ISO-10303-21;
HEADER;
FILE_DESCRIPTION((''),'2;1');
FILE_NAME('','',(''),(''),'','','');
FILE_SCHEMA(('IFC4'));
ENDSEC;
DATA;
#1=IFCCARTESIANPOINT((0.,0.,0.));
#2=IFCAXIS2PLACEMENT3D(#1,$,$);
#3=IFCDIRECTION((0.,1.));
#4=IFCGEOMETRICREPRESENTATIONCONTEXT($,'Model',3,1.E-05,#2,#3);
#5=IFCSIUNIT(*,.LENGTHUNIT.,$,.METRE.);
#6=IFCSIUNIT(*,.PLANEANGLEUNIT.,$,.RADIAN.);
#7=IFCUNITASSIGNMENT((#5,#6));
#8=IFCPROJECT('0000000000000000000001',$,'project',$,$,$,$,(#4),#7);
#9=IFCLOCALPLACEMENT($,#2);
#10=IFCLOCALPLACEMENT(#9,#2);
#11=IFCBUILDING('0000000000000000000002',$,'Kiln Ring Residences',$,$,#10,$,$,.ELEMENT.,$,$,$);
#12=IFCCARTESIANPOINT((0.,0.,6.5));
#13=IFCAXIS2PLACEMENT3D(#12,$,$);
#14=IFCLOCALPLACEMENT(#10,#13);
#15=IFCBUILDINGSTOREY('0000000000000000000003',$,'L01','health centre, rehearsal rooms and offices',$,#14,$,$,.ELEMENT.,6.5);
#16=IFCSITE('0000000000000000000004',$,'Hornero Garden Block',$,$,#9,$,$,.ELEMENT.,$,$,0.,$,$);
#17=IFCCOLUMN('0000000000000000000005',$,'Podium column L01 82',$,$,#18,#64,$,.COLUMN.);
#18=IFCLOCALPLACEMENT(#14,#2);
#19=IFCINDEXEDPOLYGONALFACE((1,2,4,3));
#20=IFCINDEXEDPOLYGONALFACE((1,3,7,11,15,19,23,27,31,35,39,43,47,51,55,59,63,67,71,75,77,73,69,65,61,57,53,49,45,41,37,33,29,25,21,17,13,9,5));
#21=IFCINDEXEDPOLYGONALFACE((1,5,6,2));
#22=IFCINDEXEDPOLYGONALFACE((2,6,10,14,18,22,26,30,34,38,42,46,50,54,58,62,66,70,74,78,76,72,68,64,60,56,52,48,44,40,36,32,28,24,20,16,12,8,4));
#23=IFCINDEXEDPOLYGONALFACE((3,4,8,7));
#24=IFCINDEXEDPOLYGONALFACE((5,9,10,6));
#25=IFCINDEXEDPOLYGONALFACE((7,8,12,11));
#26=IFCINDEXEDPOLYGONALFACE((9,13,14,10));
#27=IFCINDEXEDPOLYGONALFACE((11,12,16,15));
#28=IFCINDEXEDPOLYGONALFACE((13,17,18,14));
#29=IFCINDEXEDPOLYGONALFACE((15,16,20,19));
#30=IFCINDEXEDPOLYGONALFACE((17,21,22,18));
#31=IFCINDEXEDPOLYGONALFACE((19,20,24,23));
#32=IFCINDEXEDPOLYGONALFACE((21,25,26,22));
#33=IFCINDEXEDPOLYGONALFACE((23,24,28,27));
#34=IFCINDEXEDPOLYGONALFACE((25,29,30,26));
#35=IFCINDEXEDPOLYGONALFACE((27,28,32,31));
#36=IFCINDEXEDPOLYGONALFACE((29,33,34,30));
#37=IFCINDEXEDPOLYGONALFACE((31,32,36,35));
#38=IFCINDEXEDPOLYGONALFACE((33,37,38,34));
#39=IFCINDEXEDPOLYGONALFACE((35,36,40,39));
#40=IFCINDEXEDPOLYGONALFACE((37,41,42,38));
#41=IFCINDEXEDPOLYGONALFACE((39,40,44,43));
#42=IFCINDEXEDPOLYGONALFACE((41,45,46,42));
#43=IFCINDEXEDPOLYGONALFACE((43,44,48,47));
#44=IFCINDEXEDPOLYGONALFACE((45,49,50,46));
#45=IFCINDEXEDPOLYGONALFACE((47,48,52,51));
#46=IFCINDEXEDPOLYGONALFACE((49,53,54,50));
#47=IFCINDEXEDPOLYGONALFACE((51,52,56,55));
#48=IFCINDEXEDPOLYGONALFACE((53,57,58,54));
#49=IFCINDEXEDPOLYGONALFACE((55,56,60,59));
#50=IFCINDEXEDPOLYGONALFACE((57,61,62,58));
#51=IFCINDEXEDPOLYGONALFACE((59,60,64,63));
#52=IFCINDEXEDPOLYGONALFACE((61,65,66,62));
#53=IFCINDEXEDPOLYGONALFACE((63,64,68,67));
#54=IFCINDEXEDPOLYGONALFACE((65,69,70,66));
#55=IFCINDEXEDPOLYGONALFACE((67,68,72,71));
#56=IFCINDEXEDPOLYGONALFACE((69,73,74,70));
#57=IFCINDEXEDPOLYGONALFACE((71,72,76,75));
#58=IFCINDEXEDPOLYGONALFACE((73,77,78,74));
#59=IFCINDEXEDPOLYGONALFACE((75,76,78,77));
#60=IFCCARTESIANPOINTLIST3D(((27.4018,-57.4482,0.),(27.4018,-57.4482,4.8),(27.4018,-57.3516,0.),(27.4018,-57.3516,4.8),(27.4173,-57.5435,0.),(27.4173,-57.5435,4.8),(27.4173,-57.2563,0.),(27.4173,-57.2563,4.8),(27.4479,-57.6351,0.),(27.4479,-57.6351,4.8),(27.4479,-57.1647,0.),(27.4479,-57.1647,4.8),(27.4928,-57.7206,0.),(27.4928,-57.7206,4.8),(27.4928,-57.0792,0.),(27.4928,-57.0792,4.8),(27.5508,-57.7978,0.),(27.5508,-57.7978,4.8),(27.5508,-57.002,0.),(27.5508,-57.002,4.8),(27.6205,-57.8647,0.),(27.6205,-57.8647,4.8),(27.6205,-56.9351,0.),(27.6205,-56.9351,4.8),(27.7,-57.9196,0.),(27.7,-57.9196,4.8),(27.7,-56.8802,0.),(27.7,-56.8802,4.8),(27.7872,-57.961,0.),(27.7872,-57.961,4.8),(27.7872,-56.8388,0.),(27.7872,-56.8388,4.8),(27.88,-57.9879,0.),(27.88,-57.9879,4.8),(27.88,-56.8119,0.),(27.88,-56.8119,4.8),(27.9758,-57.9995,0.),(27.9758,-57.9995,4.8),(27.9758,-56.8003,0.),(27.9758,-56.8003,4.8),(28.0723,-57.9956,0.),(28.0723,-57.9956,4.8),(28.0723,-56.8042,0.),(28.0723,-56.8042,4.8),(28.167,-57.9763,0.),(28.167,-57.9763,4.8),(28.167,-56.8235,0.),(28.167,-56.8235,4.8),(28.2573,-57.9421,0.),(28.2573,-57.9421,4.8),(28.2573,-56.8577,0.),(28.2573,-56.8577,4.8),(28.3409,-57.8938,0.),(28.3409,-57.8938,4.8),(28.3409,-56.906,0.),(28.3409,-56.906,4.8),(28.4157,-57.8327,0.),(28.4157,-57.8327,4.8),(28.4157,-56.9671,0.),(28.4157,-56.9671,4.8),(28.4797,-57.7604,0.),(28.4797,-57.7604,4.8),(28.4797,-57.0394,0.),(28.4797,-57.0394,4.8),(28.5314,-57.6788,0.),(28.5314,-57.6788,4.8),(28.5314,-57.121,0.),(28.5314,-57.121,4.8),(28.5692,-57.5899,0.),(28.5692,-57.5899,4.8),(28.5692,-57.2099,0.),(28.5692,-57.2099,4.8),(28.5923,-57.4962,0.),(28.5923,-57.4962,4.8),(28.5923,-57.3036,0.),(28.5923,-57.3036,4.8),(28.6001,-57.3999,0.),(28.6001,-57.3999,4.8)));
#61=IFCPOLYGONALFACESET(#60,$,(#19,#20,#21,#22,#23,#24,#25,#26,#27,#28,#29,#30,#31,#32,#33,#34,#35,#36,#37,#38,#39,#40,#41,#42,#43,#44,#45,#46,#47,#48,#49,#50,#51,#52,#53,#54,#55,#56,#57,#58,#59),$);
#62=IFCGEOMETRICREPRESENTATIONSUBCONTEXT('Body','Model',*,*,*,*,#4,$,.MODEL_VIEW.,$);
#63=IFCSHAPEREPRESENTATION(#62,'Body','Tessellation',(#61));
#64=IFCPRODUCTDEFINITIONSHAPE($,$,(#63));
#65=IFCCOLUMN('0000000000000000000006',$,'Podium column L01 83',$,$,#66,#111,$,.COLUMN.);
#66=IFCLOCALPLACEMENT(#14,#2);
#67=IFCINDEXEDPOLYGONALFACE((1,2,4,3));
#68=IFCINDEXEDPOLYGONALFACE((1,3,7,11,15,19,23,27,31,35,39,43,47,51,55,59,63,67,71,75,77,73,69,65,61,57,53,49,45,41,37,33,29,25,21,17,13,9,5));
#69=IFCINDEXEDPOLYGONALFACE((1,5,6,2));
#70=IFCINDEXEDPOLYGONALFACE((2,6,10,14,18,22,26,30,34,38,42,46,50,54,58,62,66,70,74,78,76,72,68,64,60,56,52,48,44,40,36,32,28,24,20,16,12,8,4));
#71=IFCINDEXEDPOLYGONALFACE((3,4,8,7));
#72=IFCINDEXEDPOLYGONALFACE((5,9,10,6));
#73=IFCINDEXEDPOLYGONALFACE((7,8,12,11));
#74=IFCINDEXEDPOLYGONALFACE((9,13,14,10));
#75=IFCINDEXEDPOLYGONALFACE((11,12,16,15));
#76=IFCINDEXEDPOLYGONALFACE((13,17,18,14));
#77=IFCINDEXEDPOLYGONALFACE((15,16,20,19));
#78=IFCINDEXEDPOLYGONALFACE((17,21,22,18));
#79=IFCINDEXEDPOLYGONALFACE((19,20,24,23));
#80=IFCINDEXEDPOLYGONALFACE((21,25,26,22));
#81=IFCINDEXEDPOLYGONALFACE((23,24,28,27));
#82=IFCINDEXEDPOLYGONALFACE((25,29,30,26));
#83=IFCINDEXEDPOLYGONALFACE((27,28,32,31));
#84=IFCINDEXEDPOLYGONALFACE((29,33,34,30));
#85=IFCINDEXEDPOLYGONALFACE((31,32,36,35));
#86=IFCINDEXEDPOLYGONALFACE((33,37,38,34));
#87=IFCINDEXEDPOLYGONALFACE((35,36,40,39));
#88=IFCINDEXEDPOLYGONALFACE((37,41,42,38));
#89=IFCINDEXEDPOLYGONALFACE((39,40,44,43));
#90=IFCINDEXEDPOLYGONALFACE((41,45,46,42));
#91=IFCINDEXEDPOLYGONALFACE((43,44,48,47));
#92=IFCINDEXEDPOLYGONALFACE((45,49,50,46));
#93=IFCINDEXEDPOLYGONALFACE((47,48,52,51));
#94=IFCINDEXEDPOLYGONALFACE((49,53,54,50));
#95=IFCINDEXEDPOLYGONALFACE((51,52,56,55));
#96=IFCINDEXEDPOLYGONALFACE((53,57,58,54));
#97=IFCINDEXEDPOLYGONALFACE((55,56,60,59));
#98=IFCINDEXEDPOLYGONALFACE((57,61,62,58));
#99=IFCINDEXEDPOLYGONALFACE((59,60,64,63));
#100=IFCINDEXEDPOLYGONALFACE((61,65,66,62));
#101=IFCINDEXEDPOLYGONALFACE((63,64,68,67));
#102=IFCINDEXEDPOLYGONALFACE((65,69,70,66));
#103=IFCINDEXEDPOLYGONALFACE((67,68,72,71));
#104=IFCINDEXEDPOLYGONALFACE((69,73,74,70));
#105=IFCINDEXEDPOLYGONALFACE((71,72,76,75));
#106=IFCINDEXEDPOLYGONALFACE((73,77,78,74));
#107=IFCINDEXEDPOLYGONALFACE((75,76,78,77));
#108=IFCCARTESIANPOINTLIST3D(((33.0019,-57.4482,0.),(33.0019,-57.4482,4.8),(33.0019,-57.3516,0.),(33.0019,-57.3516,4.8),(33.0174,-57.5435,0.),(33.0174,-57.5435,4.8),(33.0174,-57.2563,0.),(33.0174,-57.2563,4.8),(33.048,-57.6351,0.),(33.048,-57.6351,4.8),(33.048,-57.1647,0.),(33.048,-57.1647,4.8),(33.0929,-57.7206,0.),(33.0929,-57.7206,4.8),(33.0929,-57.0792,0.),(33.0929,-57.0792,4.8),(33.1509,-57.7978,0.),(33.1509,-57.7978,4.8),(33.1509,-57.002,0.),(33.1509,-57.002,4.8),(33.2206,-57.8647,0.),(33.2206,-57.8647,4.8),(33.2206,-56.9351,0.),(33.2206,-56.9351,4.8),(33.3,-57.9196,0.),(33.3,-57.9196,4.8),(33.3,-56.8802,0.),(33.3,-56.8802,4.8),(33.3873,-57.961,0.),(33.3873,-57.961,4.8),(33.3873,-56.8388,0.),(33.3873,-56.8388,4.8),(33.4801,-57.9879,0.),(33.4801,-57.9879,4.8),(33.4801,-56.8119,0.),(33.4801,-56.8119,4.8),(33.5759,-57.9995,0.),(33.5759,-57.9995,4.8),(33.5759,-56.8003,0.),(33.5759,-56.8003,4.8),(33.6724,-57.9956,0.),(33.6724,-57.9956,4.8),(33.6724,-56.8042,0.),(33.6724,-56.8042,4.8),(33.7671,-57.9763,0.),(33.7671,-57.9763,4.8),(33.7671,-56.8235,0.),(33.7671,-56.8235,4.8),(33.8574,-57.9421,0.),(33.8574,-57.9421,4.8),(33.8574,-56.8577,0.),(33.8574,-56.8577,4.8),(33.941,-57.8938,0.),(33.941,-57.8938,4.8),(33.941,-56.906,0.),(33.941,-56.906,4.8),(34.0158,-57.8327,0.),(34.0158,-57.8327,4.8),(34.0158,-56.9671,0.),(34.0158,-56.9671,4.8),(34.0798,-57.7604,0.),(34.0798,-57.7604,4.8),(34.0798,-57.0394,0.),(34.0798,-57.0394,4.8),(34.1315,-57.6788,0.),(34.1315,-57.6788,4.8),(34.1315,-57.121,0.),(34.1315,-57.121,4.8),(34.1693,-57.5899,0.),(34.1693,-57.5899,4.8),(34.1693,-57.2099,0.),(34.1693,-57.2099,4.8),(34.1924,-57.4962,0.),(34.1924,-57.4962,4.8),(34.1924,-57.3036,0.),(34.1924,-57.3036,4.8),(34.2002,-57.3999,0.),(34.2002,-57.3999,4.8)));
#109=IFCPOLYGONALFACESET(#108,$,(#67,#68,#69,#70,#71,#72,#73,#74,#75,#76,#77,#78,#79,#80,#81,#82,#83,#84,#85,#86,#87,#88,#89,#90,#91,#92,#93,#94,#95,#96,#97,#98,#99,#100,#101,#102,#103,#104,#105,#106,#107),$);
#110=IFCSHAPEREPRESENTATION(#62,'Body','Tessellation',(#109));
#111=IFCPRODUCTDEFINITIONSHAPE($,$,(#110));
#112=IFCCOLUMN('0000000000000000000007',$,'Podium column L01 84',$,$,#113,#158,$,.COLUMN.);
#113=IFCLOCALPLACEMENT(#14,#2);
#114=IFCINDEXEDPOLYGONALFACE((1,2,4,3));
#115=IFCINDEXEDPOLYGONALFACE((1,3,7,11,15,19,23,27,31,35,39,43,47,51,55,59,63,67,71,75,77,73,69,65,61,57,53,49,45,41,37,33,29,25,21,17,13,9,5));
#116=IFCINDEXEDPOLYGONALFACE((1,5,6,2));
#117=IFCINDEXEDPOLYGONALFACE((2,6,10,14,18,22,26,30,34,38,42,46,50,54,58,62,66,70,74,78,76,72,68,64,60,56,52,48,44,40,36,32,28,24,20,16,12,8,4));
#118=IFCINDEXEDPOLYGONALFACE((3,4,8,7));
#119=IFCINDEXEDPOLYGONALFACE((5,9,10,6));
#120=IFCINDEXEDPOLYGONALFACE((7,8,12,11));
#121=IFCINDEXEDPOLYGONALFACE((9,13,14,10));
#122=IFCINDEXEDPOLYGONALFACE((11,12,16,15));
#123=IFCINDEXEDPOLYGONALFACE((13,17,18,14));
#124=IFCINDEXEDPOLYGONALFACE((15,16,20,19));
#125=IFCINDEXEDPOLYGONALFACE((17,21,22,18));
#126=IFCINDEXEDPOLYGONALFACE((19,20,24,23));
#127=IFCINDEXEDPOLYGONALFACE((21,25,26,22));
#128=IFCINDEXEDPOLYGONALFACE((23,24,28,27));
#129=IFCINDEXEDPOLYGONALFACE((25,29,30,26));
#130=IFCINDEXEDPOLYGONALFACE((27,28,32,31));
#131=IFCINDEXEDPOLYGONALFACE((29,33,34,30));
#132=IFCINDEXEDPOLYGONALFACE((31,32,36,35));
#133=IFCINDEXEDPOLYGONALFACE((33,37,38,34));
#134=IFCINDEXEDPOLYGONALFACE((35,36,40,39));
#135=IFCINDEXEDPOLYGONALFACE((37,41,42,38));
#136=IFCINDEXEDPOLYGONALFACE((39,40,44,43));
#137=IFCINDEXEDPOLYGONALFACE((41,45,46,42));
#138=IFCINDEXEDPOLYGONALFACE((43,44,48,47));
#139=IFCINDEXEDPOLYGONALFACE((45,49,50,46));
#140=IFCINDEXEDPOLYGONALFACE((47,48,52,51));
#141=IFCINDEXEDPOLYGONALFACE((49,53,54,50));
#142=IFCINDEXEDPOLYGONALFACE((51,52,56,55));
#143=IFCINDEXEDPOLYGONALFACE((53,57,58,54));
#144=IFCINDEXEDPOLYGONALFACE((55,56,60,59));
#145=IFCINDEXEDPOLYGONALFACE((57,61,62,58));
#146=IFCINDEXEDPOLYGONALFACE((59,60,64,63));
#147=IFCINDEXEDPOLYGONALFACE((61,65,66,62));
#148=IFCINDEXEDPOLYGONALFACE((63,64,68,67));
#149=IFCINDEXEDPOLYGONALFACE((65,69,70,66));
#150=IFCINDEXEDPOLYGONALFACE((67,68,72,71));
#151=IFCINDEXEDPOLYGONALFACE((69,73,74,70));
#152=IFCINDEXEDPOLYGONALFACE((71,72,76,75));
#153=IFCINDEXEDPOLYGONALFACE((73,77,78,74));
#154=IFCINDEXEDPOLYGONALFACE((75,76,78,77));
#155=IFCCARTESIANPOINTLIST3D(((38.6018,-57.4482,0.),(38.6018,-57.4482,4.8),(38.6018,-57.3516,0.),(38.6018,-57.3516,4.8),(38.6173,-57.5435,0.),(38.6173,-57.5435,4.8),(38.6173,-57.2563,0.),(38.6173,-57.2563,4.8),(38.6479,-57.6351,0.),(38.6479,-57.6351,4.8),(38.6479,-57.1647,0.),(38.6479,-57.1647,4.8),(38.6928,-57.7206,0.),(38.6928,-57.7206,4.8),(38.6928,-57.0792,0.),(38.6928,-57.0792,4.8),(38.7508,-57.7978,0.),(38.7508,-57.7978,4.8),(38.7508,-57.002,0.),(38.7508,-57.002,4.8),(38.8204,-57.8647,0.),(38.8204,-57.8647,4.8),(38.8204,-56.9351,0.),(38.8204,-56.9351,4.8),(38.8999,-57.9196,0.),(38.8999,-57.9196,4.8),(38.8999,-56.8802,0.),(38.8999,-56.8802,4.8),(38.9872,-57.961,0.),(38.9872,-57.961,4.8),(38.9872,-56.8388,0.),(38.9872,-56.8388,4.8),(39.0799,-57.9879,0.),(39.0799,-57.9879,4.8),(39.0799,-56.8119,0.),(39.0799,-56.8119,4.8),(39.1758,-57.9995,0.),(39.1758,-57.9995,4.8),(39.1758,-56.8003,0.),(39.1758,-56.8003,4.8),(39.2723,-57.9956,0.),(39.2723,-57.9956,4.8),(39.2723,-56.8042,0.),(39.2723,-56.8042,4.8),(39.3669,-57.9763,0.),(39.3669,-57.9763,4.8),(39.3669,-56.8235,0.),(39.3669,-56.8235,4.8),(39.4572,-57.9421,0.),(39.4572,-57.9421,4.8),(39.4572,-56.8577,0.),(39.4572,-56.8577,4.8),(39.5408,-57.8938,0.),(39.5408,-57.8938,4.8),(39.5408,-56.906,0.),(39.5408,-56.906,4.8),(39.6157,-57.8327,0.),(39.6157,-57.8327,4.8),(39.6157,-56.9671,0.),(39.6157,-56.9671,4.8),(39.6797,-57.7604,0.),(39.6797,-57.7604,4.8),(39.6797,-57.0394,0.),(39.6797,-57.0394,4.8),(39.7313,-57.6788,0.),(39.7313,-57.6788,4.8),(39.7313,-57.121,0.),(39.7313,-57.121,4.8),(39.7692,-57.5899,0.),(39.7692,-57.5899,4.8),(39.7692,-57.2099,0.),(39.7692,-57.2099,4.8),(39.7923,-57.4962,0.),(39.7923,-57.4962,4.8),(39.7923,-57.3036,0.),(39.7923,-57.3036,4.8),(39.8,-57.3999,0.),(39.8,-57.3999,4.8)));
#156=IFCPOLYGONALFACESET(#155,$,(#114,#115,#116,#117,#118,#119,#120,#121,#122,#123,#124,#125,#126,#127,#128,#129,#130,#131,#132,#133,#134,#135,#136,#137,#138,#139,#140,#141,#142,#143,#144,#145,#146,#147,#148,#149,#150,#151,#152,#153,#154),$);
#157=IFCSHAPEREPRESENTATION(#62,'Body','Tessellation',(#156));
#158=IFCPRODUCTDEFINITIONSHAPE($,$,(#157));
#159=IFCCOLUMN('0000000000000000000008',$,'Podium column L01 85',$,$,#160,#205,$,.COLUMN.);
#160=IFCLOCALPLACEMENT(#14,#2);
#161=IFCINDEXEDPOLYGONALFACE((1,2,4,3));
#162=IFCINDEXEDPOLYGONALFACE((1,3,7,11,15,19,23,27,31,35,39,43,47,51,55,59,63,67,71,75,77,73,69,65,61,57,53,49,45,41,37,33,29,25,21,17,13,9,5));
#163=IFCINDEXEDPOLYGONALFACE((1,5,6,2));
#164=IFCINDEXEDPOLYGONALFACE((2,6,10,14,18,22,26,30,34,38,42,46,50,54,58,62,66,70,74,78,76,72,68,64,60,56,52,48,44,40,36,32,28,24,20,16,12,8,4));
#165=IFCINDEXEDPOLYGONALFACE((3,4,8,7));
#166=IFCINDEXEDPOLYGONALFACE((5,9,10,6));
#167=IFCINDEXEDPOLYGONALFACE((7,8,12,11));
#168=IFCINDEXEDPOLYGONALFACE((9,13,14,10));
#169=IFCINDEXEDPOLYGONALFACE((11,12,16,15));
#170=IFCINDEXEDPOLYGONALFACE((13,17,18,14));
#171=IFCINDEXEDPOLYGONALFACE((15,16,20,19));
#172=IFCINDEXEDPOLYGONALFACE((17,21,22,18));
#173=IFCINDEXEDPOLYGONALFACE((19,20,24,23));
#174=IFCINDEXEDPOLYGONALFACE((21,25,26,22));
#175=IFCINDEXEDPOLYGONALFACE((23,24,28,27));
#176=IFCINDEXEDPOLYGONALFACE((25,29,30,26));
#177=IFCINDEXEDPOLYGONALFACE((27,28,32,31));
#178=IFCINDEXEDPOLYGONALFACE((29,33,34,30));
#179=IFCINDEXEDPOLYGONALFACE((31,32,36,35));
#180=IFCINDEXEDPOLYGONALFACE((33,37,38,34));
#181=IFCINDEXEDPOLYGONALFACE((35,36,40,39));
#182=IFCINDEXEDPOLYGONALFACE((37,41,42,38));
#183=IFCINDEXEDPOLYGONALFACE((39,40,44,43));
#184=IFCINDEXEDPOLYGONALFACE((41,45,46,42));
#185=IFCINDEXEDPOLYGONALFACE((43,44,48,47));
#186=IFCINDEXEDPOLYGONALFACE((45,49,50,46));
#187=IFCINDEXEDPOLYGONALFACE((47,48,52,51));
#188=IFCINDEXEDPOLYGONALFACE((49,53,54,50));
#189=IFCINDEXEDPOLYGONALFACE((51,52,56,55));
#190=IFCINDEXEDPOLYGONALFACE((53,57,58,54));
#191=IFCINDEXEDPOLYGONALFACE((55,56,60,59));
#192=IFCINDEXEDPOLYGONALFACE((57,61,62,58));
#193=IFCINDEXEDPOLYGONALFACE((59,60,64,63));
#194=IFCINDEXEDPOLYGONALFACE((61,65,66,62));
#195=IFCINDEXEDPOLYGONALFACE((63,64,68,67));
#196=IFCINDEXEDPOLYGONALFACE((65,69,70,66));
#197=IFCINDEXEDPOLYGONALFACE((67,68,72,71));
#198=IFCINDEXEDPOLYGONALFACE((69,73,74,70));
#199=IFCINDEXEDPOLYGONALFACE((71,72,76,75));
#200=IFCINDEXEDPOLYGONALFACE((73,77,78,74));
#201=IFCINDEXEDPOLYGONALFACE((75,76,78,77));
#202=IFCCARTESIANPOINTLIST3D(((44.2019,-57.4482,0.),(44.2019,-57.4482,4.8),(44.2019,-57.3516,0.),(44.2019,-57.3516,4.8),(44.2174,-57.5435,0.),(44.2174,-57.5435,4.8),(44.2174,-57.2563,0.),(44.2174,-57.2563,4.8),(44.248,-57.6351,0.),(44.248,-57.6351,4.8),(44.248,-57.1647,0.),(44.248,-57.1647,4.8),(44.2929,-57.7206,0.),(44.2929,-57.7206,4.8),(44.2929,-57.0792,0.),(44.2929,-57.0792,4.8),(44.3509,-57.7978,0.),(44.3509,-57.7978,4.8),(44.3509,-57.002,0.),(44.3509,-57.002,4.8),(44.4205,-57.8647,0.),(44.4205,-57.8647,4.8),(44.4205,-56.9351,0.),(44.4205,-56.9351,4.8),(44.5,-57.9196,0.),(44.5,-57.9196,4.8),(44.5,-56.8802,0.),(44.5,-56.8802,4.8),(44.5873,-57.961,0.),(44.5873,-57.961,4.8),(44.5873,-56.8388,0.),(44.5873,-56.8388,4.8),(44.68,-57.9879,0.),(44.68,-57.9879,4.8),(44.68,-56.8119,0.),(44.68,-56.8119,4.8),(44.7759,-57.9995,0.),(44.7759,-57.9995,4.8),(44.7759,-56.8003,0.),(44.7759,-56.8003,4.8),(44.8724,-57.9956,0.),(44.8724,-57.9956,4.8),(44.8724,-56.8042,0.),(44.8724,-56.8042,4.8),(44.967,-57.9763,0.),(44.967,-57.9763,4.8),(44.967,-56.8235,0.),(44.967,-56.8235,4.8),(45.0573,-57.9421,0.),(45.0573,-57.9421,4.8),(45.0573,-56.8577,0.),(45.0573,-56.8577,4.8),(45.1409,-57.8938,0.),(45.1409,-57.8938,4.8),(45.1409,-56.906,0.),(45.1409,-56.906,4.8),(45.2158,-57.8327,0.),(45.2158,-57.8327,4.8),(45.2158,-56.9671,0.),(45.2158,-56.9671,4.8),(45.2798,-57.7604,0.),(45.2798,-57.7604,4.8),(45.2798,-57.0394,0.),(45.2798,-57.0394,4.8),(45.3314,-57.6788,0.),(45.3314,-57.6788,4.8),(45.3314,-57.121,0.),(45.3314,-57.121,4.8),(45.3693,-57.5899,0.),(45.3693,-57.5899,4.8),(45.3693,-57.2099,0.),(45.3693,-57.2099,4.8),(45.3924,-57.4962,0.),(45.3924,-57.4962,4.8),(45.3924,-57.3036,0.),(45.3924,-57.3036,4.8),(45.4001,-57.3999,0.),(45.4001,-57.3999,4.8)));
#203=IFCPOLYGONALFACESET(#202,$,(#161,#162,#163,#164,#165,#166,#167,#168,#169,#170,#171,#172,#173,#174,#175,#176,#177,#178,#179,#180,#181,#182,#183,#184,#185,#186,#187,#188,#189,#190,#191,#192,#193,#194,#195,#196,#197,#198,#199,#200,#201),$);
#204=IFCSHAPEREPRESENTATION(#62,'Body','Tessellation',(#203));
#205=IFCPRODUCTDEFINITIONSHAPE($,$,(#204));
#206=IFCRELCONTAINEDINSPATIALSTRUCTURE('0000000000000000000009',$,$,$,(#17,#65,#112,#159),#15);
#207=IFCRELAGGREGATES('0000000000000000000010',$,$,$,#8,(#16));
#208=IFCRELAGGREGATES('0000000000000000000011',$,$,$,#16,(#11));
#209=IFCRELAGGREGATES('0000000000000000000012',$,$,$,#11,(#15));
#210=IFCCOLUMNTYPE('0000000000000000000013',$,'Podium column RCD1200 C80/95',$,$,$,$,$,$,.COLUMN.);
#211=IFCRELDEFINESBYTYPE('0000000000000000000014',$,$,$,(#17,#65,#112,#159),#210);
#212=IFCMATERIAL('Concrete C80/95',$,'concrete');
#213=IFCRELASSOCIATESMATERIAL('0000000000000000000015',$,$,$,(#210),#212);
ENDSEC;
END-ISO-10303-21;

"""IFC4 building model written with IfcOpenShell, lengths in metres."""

from ifc_helpers import new_model, si_unit, direction, frame, origin, origin_2d, place, context, subcontext, project, spatial, circle, extrude, material, material_profile, profile_set, type_object, element, save


model = new_model("IFC4")

# Units and contexts
model_context = context("Model", 3, precision=1e-05, world=origin(), true_north=direction((0.0, 1.0)))
body_context = subcontext(model_context, "Body", "Model", "MODEL_VIEW")
ifc_project = project(units=[si_unit("LENGTHUNIT", "METRE"), si_unit("PLANEANGLEUNIT", "RADIAN")], contexts=[model_context])

# Site, building, storey
site_placement = place(None, origin())
site = spatial("IfcSite", under=ifc_project, at=site_placement, Name="Hornero Garden Block", CompositionType="ELEMENT", RefElevation=0.0)
building_placement = place(site_placement, origin())
building = spatial("IfcBuilding", under=site, at=building_placement, Name="Kiln Ring Residences", CompositionType="ELEMENT")
storey_placement = place(building_placement, frame((0.0, 0.0, 6.5)))
storey = spatial("IfcBuildingStorey", under=building, at=storey_placement, Name="L01", Description="health centre, rehearsal rooms and offices", CompositionType="ELEMENT", Elevation=6.5)

# Columns
ifc_material_1 = material(Name="Concrete C80/95", Category="concrete")
ifc_material_profile_1 = material_profile(ifc_material_1, circle(Radius=0.6001, at=origin_2d()), Name="RCD1200")
ifc_profile_set_1 = profile_set([ifc_material_profile_1], Name="Concrete C80/95")
column_type = type_object("IfcColumnType", Name="Podium column RCD1200 C80/95", PredefinedType="COLUMN", material=ifc_profile_set_1)
for number, where, z_axis, x_axis, name in (
    (1, (28.0, -57.3999, 0.0), (0.0, 0.0, 1.0), (1.0, 0.0, 0.0), "Podium column L01 82"),
    (2, (33.6001, -57.3999, 0.0), (0.0, 0.0, 1.0), (1.0, 0.0, 0.0), "Podium column L01 83"),
    (3, (39.2, -57.3999, 0.0), (0.0, 0.0, 1.0), (1.0, 0.0, 0.0), "Podium column L01 84"),
    (4, (44.8, -57.3999, 0.0), (0.0, 0.0, 1.0), (1.0, 0.0, 0.0), "Podium column L01 85"),
):
    element("IfcColumn", number, at=place(storey_placement, frame(where, z_axis=z_axis, x_axis=x_axis)), inside=storey, type_object=column_type, Name=name, PredefinedType="COLUMN", context=body_context, shape_type="SweptSolid", body=[
        extrude(circle(Radius=0.6001, at=origin_2d()), origin(), (0.0, 0.0, 1.0), 4.8),
    ])

save(model, "model.ifc")
